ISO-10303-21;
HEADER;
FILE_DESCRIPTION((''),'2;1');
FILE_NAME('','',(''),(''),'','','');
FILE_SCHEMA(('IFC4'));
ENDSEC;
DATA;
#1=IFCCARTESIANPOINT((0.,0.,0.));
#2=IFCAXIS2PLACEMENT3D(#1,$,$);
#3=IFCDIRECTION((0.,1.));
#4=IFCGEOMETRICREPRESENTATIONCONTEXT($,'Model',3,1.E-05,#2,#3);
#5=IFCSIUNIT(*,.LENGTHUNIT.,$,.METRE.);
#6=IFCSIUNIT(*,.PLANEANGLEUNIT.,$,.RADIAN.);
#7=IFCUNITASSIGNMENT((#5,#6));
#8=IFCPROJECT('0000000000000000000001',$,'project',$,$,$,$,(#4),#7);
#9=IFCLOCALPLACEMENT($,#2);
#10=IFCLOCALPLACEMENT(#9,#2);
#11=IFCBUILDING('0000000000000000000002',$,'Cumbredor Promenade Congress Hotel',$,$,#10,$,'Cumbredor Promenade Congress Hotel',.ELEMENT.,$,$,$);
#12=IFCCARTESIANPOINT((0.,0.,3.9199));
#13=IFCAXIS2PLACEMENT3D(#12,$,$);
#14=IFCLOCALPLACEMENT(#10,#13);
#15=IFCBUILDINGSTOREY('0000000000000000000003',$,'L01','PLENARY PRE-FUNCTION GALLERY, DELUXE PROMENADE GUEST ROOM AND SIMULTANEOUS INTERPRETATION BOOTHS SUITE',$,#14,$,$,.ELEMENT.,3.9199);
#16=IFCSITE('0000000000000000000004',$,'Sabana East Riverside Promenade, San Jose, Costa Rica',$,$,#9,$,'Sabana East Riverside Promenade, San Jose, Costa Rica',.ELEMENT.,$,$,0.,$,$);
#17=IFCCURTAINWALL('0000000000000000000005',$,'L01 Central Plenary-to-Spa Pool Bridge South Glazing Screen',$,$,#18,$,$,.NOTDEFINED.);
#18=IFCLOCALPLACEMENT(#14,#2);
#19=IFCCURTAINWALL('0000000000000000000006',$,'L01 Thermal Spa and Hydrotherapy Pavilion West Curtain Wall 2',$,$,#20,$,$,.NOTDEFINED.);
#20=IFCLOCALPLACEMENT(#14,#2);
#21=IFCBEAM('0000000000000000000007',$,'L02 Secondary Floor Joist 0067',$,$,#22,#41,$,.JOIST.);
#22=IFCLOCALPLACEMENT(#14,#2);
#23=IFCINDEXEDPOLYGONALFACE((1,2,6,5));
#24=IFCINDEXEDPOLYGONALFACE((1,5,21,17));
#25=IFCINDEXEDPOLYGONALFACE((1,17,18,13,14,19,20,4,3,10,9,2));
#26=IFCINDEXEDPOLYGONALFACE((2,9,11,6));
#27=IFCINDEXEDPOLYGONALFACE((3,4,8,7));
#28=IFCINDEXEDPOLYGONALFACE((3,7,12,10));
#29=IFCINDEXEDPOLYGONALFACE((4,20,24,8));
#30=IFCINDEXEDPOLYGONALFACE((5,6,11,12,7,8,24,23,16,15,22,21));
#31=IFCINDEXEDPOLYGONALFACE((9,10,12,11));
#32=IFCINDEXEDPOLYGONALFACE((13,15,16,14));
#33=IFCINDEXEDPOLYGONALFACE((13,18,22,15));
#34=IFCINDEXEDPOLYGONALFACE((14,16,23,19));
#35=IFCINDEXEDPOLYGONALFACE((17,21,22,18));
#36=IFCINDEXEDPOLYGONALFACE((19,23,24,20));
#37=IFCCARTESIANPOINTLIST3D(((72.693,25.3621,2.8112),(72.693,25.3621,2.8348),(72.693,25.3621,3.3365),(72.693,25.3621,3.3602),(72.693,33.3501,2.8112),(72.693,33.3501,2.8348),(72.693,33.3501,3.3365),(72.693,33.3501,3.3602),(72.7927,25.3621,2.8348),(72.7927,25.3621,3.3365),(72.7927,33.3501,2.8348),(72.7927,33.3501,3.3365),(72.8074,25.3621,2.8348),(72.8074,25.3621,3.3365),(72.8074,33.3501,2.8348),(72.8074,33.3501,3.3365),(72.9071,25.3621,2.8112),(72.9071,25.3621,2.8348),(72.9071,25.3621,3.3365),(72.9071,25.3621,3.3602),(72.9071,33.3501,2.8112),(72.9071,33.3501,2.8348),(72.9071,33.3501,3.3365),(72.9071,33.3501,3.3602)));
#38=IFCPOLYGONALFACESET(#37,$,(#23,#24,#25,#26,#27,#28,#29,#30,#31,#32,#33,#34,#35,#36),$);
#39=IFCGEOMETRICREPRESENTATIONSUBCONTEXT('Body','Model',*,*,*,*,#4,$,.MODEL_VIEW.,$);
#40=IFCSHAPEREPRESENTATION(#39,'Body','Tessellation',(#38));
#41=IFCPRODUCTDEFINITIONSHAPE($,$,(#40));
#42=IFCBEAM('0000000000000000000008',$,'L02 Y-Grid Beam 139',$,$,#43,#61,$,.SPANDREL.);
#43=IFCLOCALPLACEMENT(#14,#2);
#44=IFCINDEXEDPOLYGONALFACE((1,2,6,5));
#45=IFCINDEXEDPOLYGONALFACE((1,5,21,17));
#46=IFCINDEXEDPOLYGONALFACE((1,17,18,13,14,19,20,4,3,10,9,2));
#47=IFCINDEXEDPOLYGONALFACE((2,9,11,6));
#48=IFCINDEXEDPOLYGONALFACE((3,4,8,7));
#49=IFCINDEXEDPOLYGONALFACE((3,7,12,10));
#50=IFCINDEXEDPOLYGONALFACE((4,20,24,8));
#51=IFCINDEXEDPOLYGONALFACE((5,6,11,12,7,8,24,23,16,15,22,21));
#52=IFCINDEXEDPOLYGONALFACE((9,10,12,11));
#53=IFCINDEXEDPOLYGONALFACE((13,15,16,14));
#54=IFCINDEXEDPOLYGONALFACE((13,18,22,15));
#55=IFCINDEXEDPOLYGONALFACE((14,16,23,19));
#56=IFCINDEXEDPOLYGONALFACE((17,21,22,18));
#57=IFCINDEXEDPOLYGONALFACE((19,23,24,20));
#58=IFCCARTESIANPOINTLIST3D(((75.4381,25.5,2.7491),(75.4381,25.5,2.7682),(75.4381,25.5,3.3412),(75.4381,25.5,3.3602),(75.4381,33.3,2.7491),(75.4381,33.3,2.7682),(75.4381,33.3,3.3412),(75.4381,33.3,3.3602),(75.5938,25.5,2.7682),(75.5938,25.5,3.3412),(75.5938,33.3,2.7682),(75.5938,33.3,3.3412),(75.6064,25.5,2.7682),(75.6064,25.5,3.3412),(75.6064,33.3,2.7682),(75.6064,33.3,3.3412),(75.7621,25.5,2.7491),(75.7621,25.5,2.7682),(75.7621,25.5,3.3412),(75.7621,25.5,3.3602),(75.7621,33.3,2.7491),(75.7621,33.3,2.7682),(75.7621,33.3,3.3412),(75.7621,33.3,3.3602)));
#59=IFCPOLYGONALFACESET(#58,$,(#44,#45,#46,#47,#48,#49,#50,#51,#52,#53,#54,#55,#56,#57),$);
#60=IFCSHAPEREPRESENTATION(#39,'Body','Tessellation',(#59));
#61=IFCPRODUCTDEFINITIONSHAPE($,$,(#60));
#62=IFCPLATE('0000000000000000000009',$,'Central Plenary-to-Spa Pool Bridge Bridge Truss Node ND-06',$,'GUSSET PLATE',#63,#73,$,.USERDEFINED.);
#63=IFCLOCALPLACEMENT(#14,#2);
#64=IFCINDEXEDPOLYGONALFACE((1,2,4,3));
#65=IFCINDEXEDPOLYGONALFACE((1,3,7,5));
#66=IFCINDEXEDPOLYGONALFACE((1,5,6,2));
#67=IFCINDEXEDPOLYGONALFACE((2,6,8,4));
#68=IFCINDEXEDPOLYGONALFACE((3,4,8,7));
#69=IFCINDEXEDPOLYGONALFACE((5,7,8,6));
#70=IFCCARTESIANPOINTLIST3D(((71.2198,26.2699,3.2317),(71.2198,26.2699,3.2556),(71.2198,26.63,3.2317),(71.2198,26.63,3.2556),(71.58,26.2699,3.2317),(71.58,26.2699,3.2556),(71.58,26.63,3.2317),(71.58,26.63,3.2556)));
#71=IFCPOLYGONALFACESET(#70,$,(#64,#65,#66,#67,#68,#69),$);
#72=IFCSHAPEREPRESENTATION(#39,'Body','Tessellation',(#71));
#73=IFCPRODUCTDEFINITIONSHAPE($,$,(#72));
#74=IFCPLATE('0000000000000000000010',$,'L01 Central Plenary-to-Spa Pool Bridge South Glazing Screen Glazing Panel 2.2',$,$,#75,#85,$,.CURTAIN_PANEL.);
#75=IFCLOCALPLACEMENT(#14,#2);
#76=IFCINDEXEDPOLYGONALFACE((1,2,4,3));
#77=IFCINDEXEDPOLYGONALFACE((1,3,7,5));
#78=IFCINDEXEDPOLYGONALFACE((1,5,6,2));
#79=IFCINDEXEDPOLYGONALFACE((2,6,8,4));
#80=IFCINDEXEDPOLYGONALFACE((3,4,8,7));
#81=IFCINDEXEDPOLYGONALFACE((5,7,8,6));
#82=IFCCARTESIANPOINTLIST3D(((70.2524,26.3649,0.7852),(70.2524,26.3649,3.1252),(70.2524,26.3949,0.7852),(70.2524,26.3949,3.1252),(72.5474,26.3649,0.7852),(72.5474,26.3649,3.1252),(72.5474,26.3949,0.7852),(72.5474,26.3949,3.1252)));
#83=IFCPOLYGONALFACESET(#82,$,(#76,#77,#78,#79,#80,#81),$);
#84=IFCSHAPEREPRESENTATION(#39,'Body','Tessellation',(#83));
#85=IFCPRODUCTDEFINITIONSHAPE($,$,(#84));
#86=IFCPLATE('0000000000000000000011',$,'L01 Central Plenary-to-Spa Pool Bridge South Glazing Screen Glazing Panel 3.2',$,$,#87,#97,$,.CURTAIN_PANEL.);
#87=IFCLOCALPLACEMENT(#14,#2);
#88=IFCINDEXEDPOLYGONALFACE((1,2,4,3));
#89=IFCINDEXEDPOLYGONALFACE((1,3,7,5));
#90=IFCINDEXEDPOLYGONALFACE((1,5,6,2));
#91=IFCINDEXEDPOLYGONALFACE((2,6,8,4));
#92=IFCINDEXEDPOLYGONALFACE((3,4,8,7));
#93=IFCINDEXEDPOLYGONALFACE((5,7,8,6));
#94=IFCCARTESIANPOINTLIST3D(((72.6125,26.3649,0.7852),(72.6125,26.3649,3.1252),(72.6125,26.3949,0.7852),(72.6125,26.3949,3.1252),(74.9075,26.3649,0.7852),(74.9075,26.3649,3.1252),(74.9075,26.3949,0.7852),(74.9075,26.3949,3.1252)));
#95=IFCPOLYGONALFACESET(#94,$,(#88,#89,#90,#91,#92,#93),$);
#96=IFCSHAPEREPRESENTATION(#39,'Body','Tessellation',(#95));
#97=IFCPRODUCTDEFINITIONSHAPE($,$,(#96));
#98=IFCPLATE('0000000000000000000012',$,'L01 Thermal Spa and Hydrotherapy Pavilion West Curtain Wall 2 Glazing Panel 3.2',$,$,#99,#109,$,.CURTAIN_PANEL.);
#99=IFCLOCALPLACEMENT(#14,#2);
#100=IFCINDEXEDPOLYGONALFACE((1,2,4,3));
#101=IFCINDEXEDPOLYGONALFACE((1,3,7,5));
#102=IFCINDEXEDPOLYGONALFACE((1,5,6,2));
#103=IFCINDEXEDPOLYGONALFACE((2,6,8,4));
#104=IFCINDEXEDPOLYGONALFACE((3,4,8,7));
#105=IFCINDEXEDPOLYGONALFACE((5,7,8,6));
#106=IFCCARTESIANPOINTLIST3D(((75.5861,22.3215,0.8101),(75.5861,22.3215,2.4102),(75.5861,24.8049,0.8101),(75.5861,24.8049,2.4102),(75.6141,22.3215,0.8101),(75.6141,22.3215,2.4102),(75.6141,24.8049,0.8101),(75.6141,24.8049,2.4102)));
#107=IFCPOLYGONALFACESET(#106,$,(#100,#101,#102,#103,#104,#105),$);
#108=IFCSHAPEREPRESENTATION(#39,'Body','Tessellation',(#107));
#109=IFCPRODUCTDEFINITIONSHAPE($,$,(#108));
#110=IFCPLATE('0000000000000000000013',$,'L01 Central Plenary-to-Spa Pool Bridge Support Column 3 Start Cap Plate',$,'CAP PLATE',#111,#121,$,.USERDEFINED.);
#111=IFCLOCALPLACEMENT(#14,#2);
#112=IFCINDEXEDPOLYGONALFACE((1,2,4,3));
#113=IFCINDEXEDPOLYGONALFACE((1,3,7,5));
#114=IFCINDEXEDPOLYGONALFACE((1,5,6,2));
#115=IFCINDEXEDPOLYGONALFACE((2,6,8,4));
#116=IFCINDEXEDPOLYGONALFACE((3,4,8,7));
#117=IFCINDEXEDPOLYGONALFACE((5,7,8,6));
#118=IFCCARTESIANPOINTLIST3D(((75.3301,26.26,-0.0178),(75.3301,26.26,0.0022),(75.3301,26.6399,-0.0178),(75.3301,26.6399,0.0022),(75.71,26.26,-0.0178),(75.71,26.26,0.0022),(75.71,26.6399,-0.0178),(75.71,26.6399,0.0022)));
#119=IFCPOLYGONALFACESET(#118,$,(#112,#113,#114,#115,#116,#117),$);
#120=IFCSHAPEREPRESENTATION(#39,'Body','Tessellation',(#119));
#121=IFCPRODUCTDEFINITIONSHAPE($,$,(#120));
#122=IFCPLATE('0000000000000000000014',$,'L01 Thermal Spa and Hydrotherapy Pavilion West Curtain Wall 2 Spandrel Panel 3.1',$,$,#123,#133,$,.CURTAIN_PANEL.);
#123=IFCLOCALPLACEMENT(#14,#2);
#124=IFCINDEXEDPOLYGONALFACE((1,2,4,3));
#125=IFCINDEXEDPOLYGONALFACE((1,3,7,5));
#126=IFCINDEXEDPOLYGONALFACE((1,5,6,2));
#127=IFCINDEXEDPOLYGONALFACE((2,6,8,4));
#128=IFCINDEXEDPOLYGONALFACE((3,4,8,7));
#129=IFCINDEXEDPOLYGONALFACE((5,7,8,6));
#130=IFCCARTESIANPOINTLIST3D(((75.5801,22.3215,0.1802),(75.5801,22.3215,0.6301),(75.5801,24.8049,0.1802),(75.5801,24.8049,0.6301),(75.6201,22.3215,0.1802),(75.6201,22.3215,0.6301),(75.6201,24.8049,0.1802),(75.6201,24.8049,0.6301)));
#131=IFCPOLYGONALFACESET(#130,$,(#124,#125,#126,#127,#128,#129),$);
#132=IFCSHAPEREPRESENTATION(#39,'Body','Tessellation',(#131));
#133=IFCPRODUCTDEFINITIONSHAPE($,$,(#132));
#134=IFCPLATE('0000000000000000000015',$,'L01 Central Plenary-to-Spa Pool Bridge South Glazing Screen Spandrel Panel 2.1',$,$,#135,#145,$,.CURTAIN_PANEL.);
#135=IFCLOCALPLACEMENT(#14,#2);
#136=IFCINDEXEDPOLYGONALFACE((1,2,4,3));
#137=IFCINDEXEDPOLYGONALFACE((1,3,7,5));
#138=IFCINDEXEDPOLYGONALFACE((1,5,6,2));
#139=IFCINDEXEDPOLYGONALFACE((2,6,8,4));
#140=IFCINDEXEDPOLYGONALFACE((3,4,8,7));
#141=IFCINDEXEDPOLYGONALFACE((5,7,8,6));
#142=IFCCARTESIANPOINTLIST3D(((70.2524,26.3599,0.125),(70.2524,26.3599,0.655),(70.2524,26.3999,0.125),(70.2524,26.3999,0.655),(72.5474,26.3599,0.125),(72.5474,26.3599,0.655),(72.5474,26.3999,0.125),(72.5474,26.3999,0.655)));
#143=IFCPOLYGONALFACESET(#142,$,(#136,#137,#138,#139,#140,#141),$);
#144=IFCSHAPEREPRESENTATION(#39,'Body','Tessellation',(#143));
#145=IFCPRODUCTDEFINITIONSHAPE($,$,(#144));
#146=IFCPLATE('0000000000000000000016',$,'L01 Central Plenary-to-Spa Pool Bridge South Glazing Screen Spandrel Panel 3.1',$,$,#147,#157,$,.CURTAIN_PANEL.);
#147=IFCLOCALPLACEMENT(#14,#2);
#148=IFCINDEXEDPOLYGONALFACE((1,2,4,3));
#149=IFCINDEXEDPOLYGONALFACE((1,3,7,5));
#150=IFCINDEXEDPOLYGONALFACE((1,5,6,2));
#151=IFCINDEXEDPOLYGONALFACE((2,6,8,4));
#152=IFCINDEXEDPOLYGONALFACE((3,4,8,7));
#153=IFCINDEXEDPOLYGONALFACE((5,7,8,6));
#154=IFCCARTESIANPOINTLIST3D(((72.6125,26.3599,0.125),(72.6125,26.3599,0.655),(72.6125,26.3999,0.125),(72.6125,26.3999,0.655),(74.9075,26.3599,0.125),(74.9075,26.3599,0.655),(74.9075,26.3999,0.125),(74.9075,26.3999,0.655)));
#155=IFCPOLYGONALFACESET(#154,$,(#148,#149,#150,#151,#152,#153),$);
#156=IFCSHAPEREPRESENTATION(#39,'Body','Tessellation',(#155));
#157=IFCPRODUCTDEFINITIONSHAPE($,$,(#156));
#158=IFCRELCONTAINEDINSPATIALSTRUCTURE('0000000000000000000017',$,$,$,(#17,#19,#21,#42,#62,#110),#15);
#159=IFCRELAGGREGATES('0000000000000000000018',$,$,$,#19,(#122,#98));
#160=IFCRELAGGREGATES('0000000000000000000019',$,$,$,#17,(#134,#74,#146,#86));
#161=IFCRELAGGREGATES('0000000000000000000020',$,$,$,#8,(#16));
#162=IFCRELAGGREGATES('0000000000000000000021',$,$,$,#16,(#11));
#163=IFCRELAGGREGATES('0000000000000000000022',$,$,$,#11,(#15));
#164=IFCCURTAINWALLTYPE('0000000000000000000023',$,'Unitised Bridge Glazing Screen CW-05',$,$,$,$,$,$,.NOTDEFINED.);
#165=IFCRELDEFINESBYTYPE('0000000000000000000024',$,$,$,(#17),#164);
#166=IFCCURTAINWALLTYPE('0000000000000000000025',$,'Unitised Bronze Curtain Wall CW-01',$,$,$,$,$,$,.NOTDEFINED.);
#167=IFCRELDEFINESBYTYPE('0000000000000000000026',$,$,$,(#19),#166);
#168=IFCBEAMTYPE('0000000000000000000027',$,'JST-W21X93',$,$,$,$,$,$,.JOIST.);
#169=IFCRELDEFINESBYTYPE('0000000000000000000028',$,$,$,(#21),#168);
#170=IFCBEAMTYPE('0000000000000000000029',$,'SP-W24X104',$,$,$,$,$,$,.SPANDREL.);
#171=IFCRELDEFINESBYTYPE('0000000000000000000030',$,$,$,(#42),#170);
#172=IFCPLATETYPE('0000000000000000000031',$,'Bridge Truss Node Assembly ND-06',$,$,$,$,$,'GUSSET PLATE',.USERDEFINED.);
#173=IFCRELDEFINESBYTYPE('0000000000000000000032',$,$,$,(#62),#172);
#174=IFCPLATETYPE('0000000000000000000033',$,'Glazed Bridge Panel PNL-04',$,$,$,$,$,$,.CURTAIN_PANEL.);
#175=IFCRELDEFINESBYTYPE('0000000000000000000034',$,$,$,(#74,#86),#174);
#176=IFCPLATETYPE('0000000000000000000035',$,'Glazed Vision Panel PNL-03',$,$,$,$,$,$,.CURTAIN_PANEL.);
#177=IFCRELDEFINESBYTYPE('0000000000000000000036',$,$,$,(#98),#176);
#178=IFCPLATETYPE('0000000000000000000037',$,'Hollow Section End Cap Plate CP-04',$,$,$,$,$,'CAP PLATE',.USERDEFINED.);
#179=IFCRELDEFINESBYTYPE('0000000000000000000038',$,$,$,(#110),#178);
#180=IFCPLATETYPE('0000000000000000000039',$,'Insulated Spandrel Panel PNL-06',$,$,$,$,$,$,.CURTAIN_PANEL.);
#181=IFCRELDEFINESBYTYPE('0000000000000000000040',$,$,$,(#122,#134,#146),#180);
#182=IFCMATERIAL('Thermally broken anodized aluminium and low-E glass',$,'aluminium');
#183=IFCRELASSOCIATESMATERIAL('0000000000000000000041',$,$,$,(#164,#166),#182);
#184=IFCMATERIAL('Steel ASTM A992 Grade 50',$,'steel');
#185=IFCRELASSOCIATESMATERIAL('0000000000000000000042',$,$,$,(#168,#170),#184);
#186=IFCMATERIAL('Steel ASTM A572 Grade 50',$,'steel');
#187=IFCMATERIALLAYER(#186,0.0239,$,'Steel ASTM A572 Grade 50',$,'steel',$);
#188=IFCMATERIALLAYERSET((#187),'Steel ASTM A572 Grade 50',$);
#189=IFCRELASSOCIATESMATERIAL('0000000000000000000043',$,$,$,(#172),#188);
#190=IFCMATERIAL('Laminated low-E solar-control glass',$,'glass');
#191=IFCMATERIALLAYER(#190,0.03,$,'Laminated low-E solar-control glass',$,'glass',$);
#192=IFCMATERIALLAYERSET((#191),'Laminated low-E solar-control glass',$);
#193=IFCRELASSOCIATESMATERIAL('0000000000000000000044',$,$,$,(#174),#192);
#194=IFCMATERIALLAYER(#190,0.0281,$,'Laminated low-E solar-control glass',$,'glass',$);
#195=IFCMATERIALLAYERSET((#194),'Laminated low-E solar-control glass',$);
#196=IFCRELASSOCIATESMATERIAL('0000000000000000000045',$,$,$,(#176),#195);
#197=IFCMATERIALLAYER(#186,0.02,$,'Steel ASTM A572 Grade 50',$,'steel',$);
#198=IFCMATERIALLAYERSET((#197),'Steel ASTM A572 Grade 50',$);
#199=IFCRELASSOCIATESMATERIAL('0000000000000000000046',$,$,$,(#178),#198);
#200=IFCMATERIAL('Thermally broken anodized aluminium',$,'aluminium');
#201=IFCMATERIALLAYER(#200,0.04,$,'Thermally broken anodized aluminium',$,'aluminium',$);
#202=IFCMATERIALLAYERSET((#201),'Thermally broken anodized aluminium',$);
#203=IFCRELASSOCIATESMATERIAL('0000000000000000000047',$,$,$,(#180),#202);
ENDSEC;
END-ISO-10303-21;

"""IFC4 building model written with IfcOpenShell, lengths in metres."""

from ifc_helpers import new_model, si_unit, direction, frame, origin, origin_2d, place, context, subcontext, project, spatial, rectangle, i_section, extrude, material, layer, layer_set, material_profile, profile_set, type_object, element, aggregate, save


model = new_model("IFC4")

# Units and contexts
model_context = context("Model", 3, precision=1e-05, world=origin(), true_north=direction((0.0, 1.0)))
body_context = subcontext(model_context, "Body", "Model", "MODEL_VIEW")
ifc_project = project(units=[si_unit("LENGTHUNIT", "METRE"), si_unit("PLANEANGLEUNIT", "RADIAN")], contexts=[model_context])

# Site, building, storey
site_placement = place(None, origin())
site = spatial("IfcSite", under=ifc_project, at=site_placement, Name="Sabana East Riverside Promenade, San Jose, Costa Rica", LongName="Sabana East Riverside Promenade, San Jose, Costa Rica", CompositionType="ELEMENT", RefElevation=0.0)
building_placement = place(site_placement, origin())
building = spatial("IfcBuilding", under=site, at=building_placement, Name="Cumbredor Promenade Congress Hotel", LongName="Cumbredor Promenade Congress Hotel", CompositionType="ELEMENT")
storey_placement = place(building_placement, frame((0.0, 0.0, 3.9199)))
storey = spatial("IfcBuildingStorey", under=building, at=storey_placement, Name="L01", Description="PLENARY PRE-FUNCTION GALLERY, DELUXE PROMENADE GUEST ROOM AND SIMULTANEOUS INTERPRETATION BOOTHS SUITE", CompositionType="ELEMENT", Elevation=3.9199)

# Curtain walls
ifc_material_1 = material(Name="Thermally broken anodized aluminium and low-E glass", Category="aluminium")
curtain_wall_type_1 = type_object("IfcCurtainWallType", Name="Unitised Bridge Glazing Screen CW-05", PredefinedType="NOTDEFINED", material=ifc_material_1)
curtain_wall_1_placement = place(storey_placement, origin())
curtain_wall_1 = element("IfcCurtainWall", 1, at=curtain_wall_1_placement, inside=storey, type_object=curtain_wall_type_1, Name="L01 Central Plenary-to-Spa Pool Bridge South Glazing Screen", PredefinedType="NOTDEFINED")
ifc_material_2 = material(Name="Thermally broken anodized aluminium", Category="aluminium")
curtain_wall_type_2 = type_object("IfcCurtainWallType", Name="Unitised Bronze Curtain Wall CW-01", PredefinedType="NOTDEFINED", material=ifc_material_1)
curtain_wall_2_placement = place(storey_placement, origin())
curtain_wall_2 = element("IfcCurtainWall", 2, at=curtain_wall_2_placement, inside=storey, type_object=curtain_wall_type_2, Name="L01 Thermal Spa and Hydrotherapy Pavilion West Curtain Wall 2", PredefinedType="NOTDEFINED")

# Beams
ifc_material_3 = material(Name="Steel ASTM A992 Grade 50", Category="steel")
ifc_material_profile_1 = material_profile(ifc_material_3, i_section(OverallWidth=0.2141, OverallDepth=0.5491, WebThickness=0.0146, FlangeThickness=0.0237, at=origin_2d()), Name="W21X93")
ifc_profile_set_1 = profile_set([ifc_material_profile_1], Name="Steel ASTM A992 Grade 50")
beam_type_1 = type_object("IfcBeamType", Name="JST-W21X93", PredefinedType="JOIST", material=ifc_profile_set_1)
beam_1_placement = place(storey_placement, frame((72.8, 25.3621, 3.0857), z_axis=(0.0, 1.0, 0.0), x_axis=(-1.0, 0.0, 0.0)))
element("IfcBeam", 3, at=beam_1_placement, inside=storey, type_object=beam_type_1, Name="L02 Secondary Floor Joist 0067", PredefinedType="JOIST", context=body_context, shape_type="SweptSolid", body=[
    extrude(i_section(OverallWidth=0.2141, OverallDepth=0.5491, WebThickness=0.0146, FlangeThickness=0.0237, at=origin_2d()), origin(), (0.0, 0.0, 1.0), 7.988),
])
ifc_material_profile_2 = material_profile(ifc_material_3, i_section(OverallWidth=0.324, OverallDepth=0.6111, WebThickness=0.0127, FlangeThickness=0.019, at=origin_2d()), Name="W24X104")
ifc_profile_set_2 = profile_set([ifc_material_profile_2], Name="Steel ASTM A992 Grade 50")
beam_type_2 = type_object("IfcBeamType", Name="SP-W24X104", PredefinedType="SPANDREL", material=ifc_profile_set_2)
beam_2_placement = place(storey_placement, frame((75.6001, 25.5, 3.0547), z_axis=(0.0, 1.0, 0.0), x_axis=(-1.0, 0.0, 0.0)))
element("IfcBeam", 4, at=beam_2_placement, inside=storey, type_object=beam_type_2, Name="L02 Y-Grid Beam 139", PredefinedType="SPANDREL", context=body_context, shape_type="SweptSolid", body=[
    extrude(i_section(OverallWidth=0.324, OverallDepth=0.6111, WebThickness=0.0127, FlangeThickness=0.019, at=origin_2d()), origin(), (0.0, 0.0, 1.0), 7.8),
])

# Plates
ifc_material_4 = material(Name="Steel ASTM A572 Grade 50", Category="steel")
ifc_layer_1 = layer(ifc_material_4, 0.0239, Name="Steel ASTM A572 Grade 50", Category="steel")
ifc_layer_set_1 = layer_set([ifc_layer_1], Name="Steel ASTM A572 Grade 50")
plate_type_1 = type_object("IfcPlateType", Name="Bridge Truss Node Assembly ND-06", ElementType="GUSSET PLATE", PredefinedType="USERDEFINED", material=ifc_layer_set_1)
plate_1_placement = place(storey_placement, frame((71.3999, 26.45, 3.2317), z_axis=(0.0, 0.0, 1.0), x_axis=(1.0, 0.0, 0.0)))
element("IfcPlate", 5, at=plate_1_placement, inside=storey, type_object=plate_type_1, Name="Central Plenary-to-Spa Pool Bridge Bridge Truss Node ND-06", ObjectType="GUSSET PLATE", PredefinedType="USERDEFINED", context=body_context, shape_type="SweptSolid", body=[
    extrude(rectangle(XDim=0.3601, YDim=0.3601, at=origin_2d()), origin(), (0.0, 0.0, 1.0), 0.0239),
])
ifc_material_5 = material(Name="Laminated low-E solar-control glass", Category="glass")
ifc_layer_2 = layer(ifc_material_5, 0.03, Name="Laminated low-E solar-control glass", Category="glass")
ifc_layer_set_2 = layer_set([ifc_layer_2], Name="Laminated low-E solar-control glass")
plate_type_2 = type_object("IfcPlateType", Name="Glazed Bridge Panel PNL-04", PredefinedType="CURTAIN_PANEL", material=ifc_layer_set_2)
plate_2_placement = place(storey_placement, frame((71.3999, 26.3799, 0.7852), z_axis=(0.0, 0.0, 1.0), x_axis=(1.0, 0.0, 0.0)))
plate_2 = element("IfcPlate", 6, at=plate_2_placement, type_object=plate_type_2, Name="L01 Central Plenary-to-Spa Pool Bridge South Glazing Screen Glazing Panel 2.2", PredefinedType="CURTAIN_PANEL", context=body_context, shape_type="SweptSolid", body=[
    extrude(rectangle(XDim=2.2949, YDim=0.03, at=origin_2d()), origin(), (0.0, 0.0, 1.0), 2.3401),
])
plate_3_placement = place(storey_placement, frame((73.76, 26.3799, 0.7852), z_axis=(0.0, 0.0, 1.0), x_axis=(1.0, 0.0, 0.0)))
plate_3 = element("IfcPlate", 7, at=plate_3_placement, type_object=plate_type_2, Name="L01 Central Plenary-to-Spa Pool Bridge South Glazing Screen Glazing Panel 3.2", PredefinedType="CURTAIN_PANEL", context=body_context, shape_type="SweptSolid", body=[
    extrude(rectangle(XDim=2.2949, YDim=0.03, at=origin_2d()), origin(), (0.0, 0.0, 1.0), 2.3401),
])
ifc_layer_3 = layer(ifc_material_5, 0.0281, Name="Laminated low-E solar-control glass", Category="glass")
ifc_layer_set_3 = layer_set([ifc_layer_3], Name="Laminated low-E solar-control glass")
plate_type_3 = type_object("IfcPlateType", Name="Glazed Vision Panel PNL-03", PredefinedType="CURTAIN_PANEL", material=ifc_layer_set_3)
plate_4_placement = place(storey_placement, frame((75.6001, 23.5632, 0.8101), z_axis=(0.0, 0.0, 1.0), x_axis=(0.0, 1.0, 0.0)))
plate_4 = element("IfcPlate", 8, at=plate_4_placement, type_object=plate_type_3, Name="L01 Thermal Spa and Hydrotherapy Pavilion West Curtain Wall 2 Glazing Panel 3.2", PredefinedType="CURTAIN_PANEL", context=body_context, shape_type="SweptSolid", body=[
    extrude(rectangle(XDim=2.4834, YDim=0.0281, at=origin_2d()), origin(), (0.0, 0.0, 1.0), 1.6001),
])
ifc_layer_4 = layer(ifc_material_4, 0.02, Name="Steel ASTM A572 Grade 50", Category="steel")
ifc_layer_set_4 = layer_set([ifc_layer_4], Name="Steel ASTM A572 Grade 50")
plate_type_4 = type_object("IfcPlateType", Name="Hollow Section End Cap Plate CP-04", ElementType="CAP PLATE", PredefinedType="USERDEFINED", material=ifc_layer_set_4)
plate_5_placement = place(storey_placement, frame((75.52, 26.45, -0.0178), z_axis=(0.0, 0.0, 1.0), x_axis=(1.0, 0.0, 0.0)))
element("IfcPlate", 9, at=plate_5_placement, inside=storey, type_object=plate_type_4, Name="L01 Central Plenary-to-Spa Pool Bridge Support Column 3 Start Cap Plate", ObjectType="CAP PLATE", PredefinedType="USERDEFINED", context=body_context, shape_type="SweptSolid", body=[
    extrude(rectangle(XDim=0.3799, YDim=0.3799, at=origin_2d()), origin(), (0.0, 0.0, 1.0), 0.02),
])
ifc_layer_5 = layer(ifc_material_2, 0.04, Name="Thermally broken anodized aluminium", Category="aluminium")
ifc_layer_set_5 = layer_set([ifc_layer_5], Name="Thermally broken anodized aluminium")
plate_type_5 = type_object("IfcPlateType", Name="Insulated Spandrel Panel PNL-06", PredefinedType="CURTAIN_PANEL", material=ifc_layer_set_5)
plate_6_placement = place(storey_placement, frame((75.6001, 23.5632, 0.1802), z_axis=(0.0, 0.0, 1.0), x_axis=(0.0, 1.0, 0.0)))
plate_6 = element("IfcPlate", 10, at=plate_6_placement, type_object=plate_type_5, Name="L01 Thermal Spa and Hydrotherapy Pavilion West Curtain Wall 2 Spandrel Panel 3.1", PredefinedType="CURTAIN_PANEL", context=body_context, shape_type="SweptSolid", body=[
    extrude(rectangle(XDim=2.4834, YDim=0.04, at=origin_2d()), origin(), (0.0, 0.0, 1.0), 0.45),
])
aggregate(curtain_wall_2, [plate_6, plate_4])
plate_7_placement = place(storey_placement, frame((71.3999, 26.3799, 0.125), z_axis=(0.0, 0.0, 1.0), x_axis=(1.0, 0.0, 0.0)))
plate_7 = element("IfcPlate", 11, at=plate_7_placement, type_object=plate_type_5, Name="L01 Central Plenary-to-Spa Pool Bridge South Glazing Screen Spandrel Panel 2.1", PredefinedType="CURTAIN_PANEL", context=body_context, shape_type="SweptSolid", body=[
    extrude(rectangle(XDim=2.2949, YDim=0.04, at=origin_2d()), origin(), (0.0, 0.0, 1.0), 0.53),
])
plate_8_placement = place(storey_placement, frame((73.76, 26.3799, 0.125), z_axis=(0.0, 0.0, 1.0), x_axis=(1.0, 0.0, 0.0)))
plate_8 = element("IfcPlate", 12, at=plate_8_placement, type_object=plate_type_5, Name="L01 Central Plenary-to-Spa Pool Bridge South Glazing Screen Spandrel Panel 3.1", PredefinedType="CURTAIN_PANEL", context=body_context, shape_type="SweptSolid", body=[
    extrude(rectangle(XDim=2.2949, YDim=0.04, at=origin_2d()), origin(), (0.0, 0.0, 1.0), 0.53),
])
aggregate(curtain_wall_1, [plate_7, plate_2, plate_8, plate_3])

save(model, "model.ifc")
